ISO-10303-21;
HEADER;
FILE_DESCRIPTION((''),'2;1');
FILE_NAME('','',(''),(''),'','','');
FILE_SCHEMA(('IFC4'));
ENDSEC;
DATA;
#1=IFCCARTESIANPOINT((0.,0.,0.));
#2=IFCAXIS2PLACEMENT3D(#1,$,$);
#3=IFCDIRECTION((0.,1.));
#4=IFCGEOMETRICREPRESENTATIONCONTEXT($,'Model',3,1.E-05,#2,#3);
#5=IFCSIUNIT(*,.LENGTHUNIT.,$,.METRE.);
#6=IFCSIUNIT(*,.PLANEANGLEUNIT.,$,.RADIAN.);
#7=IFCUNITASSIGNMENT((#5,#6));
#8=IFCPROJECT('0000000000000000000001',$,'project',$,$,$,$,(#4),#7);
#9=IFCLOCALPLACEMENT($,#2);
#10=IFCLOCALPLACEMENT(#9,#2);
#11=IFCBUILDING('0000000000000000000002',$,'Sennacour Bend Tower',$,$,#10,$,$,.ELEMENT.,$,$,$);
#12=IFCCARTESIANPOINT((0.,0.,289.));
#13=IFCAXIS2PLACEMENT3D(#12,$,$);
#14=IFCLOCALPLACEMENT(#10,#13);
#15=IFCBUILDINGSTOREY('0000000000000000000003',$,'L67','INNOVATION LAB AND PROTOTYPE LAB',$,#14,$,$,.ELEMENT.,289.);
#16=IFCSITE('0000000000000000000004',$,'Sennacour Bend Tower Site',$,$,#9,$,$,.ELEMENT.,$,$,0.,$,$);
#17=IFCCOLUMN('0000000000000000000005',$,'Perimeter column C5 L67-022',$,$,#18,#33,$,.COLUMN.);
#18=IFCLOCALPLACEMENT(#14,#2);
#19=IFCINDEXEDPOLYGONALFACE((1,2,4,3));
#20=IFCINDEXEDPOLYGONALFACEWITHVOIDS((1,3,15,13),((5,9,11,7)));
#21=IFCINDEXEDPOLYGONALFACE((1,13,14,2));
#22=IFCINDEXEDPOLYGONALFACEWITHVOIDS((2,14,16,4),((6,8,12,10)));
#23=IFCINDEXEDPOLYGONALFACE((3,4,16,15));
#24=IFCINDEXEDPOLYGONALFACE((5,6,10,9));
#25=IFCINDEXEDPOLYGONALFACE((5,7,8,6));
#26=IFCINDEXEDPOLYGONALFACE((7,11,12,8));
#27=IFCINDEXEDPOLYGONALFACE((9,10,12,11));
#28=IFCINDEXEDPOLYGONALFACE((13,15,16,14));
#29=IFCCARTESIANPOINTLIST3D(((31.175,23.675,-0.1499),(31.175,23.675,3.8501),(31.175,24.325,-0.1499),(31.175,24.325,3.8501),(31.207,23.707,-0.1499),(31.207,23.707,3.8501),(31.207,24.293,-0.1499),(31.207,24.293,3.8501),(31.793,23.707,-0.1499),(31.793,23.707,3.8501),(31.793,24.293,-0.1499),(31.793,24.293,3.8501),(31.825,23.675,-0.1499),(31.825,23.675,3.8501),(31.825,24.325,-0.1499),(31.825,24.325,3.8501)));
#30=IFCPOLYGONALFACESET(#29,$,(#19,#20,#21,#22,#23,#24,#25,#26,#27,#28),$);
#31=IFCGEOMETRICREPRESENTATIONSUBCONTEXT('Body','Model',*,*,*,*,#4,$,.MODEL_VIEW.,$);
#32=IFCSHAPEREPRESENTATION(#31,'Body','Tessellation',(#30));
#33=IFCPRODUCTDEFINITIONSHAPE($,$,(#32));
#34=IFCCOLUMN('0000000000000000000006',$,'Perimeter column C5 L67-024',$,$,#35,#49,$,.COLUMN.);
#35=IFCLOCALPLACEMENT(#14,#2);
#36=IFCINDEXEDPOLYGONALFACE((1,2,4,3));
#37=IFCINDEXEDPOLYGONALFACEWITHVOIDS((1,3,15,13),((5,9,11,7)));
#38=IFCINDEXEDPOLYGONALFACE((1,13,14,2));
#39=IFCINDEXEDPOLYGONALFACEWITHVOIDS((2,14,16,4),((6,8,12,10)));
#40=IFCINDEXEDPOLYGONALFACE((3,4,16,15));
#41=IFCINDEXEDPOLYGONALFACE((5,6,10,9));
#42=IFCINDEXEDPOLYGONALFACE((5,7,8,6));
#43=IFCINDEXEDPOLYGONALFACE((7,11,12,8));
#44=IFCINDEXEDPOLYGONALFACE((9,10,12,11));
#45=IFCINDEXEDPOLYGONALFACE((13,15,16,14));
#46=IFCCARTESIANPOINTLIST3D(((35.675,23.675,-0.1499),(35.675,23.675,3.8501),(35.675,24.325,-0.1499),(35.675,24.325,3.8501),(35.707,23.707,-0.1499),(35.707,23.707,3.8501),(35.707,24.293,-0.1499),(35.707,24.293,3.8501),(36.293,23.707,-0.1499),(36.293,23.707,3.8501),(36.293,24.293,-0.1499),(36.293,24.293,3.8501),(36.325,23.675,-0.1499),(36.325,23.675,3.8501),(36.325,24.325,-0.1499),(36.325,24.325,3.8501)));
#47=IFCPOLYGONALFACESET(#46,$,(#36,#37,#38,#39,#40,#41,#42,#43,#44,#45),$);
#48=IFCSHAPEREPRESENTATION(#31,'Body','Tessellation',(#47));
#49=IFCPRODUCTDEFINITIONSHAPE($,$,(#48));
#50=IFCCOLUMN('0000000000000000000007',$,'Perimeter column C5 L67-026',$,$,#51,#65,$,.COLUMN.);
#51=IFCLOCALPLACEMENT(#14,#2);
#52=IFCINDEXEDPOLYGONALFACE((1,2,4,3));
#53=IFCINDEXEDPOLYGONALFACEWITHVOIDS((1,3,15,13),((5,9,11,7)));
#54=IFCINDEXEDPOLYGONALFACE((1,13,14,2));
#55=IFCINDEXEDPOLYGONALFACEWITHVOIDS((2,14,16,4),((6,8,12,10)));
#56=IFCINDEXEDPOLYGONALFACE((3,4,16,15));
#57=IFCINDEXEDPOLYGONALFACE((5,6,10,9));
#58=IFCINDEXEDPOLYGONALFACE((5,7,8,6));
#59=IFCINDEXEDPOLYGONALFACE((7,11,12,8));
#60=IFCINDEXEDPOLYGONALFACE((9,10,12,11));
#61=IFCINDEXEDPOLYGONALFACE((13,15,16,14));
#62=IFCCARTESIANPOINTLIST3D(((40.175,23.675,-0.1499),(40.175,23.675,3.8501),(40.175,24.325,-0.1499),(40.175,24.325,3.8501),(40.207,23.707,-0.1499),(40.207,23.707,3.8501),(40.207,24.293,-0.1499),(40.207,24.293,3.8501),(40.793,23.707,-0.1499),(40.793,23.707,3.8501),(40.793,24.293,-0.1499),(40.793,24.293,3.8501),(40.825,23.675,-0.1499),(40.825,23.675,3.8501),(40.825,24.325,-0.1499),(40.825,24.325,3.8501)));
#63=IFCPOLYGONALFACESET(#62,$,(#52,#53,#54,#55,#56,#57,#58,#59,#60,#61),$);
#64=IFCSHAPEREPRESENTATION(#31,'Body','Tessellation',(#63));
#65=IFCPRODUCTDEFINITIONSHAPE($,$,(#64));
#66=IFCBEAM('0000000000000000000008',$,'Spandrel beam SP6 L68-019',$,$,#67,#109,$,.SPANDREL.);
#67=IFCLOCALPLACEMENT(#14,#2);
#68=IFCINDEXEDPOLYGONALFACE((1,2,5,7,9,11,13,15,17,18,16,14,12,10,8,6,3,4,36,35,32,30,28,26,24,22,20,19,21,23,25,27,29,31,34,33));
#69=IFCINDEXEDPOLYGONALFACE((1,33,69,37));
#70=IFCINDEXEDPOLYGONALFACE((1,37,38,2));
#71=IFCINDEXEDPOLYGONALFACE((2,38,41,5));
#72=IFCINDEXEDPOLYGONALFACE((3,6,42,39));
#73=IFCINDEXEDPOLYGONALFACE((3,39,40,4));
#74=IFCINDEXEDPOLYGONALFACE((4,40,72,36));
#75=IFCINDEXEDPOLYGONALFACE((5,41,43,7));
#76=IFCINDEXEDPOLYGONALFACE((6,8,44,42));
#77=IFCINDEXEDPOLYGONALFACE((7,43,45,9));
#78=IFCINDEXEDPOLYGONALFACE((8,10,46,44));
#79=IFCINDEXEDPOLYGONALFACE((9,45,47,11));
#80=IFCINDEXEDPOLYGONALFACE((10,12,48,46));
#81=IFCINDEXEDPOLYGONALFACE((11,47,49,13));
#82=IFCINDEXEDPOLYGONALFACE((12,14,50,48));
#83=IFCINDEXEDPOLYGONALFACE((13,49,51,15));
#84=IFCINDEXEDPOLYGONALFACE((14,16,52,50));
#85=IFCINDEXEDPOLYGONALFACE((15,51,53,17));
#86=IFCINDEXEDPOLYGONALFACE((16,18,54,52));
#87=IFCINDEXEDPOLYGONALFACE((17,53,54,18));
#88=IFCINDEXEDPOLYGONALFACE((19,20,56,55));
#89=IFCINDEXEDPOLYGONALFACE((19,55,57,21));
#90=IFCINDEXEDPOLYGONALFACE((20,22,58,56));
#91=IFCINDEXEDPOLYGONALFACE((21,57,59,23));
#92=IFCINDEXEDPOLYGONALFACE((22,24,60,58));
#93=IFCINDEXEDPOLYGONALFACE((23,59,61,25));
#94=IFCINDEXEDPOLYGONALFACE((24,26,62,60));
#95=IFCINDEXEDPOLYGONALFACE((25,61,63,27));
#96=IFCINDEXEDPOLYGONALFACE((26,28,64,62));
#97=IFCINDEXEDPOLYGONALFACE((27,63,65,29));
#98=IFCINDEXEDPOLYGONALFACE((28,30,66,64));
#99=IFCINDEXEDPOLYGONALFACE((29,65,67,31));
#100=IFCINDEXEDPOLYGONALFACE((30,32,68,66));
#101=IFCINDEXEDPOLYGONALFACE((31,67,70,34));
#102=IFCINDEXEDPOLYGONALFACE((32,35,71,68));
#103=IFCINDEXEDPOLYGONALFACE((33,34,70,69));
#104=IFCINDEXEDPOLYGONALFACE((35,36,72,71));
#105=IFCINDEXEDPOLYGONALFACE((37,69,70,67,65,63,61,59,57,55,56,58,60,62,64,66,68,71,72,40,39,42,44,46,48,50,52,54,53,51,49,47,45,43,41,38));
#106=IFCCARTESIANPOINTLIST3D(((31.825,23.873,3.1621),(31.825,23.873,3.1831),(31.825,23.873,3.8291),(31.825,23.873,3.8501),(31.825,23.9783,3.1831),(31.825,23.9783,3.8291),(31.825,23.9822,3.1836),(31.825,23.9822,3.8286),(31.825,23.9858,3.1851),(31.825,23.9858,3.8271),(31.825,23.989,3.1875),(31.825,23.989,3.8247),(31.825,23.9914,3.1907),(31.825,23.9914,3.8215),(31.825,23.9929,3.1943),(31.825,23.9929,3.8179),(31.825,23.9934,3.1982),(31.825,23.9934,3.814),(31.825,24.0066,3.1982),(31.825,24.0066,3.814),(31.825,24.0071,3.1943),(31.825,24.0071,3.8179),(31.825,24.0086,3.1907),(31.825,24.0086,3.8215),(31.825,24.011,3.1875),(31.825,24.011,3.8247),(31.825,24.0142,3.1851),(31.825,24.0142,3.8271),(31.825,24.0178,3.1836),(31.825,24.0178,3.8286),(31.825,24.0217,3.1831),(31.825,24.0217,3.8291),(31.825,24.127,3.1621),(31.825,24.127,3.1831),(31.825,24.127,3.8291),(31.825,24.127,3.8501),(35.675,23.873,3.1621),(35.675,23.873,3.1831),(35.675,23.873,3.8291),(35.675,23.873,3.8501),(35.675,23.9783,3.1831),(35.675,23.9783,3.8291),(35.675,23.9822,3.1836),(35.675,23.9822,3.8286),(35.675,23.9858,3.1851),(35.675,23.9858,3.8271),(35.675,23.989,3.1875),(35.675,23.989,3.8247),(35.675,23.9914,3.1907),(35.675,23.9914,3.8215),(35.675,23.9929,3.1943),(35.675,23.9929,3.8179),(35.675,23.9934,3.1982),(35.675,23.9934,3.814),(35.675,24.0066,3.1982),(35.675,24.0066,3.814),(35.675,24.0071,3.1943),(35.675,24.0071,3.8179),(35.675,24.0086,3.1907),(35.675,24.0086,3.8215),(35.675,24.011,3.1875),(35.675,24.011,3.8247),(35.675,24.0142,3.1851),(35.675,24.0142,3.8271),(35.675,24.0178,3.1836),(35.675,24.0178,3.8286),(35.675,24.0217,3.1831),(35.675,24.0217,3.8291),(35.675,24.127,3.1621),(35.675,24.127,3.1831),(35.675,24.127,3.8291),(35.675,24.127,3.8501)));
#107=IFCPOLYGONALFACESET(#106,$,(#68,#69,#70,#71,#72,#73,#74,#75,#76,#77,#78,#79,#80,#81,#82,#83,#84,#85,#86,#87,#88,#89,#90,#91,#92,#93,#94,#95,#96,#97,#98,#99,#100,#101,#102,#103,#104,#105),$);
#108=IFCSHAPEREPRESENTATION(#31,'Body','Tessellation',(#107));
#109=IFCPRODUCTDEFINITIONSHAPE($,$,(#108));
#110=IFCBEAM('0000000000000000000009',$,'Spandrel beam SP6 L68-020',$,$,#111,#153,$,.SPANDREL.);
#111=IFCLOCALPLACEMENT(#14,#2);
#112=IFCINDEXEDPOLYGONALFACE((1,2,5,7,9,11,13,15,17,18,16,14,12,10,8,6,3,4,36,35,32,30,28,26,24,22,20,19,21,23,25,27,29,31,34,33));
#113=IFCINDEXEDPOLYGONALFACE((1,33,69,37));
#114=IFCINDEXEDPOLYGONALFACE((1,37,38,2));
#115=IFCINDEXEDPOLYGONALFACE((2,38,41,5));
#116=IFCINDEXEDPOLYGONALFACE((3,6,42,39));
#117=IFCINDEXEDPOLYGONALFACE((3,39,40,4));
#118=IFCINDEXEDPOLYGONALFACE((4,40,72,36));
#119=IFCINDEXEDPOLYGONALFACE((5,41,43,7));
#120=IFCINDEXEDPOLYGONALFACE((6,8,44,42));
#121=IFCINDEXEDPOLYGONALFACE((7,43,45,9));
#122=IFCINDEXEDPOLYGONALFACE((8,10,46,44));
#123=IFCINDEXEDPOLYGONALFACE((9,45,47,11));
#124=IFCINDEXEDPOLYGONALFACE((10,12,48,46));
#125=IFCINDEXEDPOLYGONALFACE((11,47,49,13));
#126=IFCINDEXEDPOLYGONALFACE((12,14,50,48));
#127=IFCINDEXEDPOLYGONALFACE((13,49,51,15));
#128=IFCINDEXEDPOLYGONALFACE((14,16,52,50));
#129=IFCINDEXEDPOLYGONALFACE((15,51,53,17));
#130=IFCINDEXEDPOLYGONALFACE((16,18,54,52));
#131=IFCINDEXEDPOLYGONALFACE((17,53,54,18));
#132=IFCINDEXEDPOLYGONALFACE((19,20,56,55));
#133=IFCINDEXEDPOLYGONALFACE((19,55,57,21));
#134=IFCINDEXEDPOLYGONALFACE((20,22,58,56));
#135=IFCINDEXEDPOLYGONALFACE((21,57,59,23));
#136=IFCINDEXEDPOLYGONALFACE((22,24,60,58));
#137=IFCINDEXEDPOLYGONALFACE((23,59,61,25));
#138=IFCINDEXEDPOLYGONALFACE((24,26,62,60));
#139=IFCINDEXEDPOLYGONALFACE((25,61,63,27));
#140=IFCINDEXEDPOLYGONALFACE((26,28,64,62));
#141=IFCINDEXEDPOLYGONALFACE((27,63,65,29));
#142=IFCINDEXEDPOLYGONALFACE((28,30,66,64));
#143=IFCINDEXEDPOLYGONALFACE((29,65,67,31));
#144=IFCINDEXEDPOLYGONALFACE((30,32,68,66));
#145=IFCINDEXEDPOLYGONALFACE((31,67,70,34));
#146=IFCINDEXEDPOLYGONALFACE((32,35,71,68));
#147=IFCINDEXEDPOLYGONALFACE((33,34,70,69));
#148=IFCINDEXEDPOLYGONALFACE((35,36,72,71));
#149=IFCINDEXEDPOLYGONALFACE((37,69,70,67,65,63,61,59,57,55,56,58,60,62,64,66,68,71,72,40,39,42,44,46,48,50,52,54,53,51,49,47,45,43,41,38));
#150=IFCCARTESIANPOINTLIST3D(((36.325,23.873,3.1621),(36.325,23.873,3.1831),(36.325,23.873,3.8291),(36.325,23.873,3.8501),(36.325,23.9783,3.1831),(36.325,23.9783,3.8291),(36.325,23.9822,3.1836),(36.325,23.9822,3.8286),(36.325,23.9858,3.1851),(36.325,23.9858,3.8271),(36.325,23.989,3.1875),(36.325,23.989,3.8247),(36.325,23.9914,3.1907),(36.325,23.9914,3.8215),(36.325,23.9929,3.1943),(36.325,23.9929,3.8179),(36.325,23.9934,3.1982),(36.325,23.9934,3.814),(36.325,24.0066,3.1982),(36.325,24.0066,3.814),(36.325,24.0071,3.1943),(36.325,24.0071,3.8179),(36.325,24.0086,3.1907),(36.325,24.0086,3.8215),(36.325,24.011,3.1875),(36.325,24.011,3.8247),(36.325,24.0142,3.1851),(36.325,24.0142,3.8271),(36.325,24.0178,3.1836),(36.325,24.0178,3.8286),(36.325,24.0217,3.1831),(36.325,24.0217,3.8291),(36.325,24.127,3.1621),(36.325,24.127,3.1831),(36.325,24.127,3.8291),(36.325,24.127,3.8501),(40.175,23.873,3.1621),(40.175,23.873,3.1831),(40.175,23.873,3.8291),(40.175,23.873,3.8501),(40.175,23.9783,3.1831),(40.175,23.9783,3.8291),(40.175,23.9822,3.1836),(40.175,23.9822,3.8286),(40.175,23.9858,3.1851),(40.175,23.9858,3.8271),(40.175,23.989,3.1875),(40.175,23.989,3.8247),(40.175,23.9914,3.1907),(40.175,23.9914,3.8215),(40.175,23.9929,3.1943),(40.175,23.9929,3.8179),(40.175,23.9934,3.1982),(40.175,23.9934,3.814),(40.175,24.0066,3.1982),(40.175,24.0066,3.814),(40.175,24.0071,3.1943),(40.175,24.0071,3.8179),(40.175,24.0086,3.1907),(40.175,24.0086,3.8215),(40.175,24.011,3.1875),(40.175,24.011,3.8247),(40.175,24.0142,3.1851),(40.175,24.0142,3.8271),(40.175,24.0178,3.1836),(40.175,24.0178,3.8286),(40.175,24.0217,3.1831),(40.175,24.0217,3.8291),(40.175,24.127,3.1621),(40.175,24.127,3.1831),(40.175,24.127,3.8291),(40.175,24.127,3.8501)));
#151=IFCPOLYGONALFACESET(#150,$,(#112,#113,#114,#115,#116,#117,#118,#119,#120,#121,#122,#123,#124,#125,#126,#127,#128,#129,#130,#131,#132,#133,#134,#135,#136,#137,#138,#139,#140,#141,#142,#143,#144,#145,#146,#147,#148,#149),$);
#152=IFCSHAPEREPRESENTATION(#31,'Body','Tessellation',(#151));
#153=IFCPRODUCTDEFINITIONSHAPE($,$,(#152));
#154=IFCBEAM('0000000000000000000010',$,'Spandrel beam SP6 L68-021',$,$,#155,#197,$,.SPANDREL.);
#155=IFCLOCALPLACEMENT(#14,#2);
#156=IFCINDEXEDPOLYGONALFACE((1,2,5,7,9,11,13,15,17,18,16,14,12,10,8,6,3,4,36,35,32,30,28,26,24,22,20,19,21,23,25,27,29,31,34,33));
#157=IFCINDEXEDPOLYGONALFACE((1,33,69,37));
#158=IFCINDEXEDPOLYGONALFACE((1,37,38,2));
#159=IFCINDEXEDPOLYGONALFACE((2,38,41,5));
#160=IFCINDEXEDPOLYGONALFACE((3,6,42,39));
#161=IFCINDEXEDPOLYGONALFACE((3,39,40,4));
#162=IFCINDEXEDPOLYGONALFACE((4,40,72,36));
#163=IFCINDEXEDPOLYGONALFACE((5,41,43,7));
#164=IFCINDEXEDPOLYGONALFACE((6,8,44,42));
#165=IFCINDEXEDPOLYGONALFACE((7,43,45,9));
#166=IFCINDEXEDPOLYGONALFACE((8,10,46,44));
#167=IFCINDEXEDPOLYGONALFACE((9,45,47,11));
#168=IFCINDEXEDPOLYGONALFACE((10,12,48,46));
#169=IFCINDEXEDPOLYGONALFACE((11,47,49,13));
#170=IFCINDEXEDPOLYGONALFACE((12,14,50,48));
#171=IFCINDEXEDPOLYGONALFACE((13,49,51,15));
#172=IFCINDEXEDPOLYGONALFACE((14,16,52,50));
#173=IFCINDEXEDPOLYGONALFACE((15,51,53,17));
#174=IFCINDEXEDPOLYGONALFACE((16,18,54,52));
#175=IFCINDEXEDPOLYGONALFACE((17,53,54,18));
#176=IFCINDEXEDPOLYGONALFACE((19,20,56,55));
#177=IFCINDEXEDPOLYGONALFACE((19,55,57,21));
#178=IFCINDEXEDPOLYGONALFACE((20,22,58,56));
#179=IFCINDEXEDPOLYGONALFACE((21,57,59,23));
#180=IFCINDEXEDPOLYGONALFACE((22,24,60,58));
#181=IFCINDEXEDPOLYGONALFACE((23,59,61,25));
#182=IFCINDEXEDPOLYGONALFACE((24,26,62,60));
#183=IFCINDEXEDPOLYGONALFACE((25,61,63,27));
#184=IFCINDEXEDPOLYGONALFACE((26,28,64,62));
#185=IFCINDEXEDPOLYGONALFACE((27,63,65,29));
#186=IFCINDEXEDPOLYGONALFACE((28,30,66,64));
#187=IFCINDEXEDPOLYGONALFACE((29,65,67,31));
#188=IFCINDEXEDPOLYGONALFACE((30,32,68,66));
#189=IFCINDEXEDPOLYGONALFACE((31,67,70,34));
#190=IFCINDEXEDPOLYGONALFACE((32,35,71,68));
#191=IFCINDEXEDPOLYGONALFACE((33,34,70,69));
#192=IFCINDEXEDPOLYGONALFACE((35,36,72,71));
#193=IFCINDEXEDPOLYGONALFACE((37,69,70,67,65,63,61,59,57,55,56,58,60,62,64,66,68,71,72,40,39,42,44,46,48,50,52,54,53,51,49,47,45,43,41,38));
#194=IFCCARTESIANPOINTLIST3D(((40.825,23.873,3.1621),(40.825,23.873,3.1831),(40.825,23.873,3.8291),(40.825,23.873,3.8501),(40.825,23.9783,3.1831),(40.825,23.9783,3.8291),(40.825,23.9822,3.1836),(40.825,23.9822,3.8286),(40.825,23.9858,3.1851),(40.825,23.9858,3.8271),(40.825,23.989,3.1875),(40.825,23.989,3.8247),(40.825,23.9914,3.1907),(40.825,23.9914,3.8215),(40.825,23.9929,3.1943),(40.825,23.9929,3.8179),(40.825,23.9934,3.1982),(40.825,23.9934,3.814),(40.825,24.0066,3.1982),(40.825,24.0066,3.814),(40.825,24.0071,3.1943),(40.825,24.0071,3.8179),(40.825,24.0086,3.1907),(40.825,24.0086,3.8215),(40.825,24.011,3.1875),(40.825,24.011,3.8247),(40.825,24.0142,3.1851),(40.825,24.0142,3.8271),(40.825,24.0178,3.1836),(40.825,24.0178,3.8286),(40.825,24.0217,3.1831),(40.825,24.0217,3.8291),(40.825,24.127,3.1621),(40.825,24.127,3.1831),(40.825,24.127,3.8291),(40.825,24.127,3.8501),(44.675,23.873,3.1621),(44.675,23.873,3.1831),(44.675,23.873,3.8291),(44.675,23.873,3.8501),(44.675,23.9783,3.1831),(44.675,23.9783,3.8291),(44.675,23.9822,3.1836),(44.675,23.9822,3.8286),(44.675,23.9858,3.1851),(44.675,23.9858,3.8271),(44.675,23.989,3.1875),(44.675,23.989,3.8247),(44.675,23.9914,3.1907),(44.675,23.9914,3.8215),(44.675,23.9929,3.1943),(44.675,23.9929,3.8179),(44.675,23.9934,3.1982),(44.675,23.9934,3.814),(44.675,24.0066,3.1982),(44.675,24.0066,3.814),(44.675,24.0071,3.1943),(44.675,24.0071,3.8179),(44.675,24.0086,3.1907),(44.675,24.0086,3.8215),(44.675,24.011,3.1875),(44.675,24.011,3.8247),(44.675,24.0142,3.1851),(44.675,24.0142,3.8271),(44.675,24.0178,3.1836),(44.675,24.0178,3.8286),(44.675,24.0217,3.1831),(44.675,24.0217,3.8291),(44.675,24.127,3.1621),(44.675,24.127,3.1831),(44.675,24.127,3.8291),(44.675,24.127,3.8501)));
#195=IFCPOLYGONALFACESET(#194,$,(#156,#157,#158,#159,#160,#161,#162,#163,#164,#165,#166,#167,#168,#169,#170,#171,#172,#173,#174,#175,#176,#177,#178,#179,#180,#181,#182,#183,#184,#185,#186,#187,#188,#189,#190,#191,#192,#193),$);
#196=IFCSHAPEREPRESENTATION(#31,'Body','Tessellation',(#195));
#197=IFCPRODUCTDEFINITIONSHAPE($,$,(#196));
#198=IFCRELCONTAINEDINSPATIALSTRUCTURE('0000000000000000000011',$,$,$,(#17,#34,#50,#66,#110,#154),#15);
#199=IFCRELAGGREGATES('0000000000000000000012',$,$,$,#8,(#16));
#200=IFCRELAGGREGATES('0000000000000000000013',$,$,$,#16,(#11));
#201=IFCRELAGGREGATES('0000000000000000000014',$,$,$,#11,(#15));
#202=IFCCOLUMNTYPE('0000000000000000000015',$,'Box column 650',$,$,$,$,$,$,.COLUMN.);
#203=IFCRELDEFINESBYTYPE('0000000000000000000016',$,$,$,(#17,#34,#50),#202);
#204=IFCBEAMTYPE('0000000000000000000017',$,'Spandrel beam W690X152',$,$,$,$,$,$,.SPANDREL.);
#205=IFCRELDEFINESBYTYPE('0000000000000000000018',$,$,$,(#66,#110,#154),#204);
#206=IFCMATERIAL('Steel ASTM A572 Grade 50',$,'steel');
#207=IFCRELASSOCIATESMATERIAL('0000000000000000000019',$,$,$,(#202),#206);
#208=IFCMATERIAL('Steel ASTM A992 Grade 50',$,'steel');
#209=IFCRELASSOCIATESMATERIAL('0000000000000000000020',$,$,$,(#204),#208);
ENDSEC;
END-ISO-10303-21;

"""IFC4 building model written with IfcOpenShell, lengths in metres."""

from ifc_helpers import new_model, si_unit, direction, frame, origin, origin_2d, place, context, subcontext, project, spatial, hollow_rectangle, i_section, extrude, material, material_profile, profile_set, type_object, element, save


model = new_model("IFC4")

# Units and contexts
model_context = context("Model", 3, precision=1e-05, world=origin(), true_north=direction((0.0, 1.0)))
body_context = subcontext(model_context, "Body", "Model", "MODEL_VIEW")
ifc_project = project(units=[si_unit("LENGTHUNIT", "METRE"), si_unit("PLANEANGLEUNIT", "RADIAN")], contexts=[model_context])

# Site, building, storey
site_placement = place(None, origin())
site = spatial("IfcSite", under=ifc_project, at=site_placement, Name="Sennacour Bend Tower Site", CompositionType="ELEMENT", RefElevation=0.0)
building_placement = place(site_placement, origin())
building = spatial("IfcBuilding", under=site, at=building_placement, Name="Sennacour Bend Tower", CompositionType="ELEMENT")
storey_placement = place(building_placement, frame((0.0, 0.0, 289.0)))
storey = spatial("IfcBuildingStorey", under=building, at=storey_placement, Name="L67", Description="INNOVATION LAB AND PROTOTYPE LAB", CompositionType="ELEMENT", Elevation=289.0)

# Columns
ifc_material_1 = material(Name="Steel ASTM A572 Grade 50", Category="steel")
ifc_material_profile_1 = material_profile(ifc_material_1, hollow_rectangle(XDim=0.6499, YDim=0.6499, WallThickness=0.032, at=origin_2d()), Name="Steel ASTM A572 Grade 50", Category="steel")
ifc_profile_set_1 = profile_set([ifc_material_profile_1], Name="Steel ASTM A572 Grade 50")
column_type = type_object("IfcColumnType", Name="Box column 650", PredefinedType="COLUMN", material=ifc_profile_set_1)
for number, where, z_axis, x_axis, name in (
    (1, (31.5, 24.0, -0.1499), (0.0, 0.0, 1.0), (1.0, 0.0, 0.0), "Perimeter column C5 L67-022"),
    (2, (36.0, 24.0, -0.1499), (0.0, 0.0, 1.0), (1.0, 0.0, 0.0), "Perimeter column C5 L67-024"),
    (3, (40.5, 24.0, -0.1499), (0.0, 0.0, 1.0), (1.0, 0.0, 0.0), "Perimeter column C5 L67-026"),
):
    element("IfcColumn", number, at=place(storey_placement, frame(where, z_axis=z_axis, x_axis=x_axis)), inside=storey, type_object=column_type, Name=name, PredefinedType="COLUMN", context=body_context, shape_type="SweptSolid", body=[
        extrude(hollow_rectangle(XDim=0.6499, YDim=0.6499, WallThickness=0.032, at=origin_2d()), origin(), (0.0, 0.0, 1.0), 4.0),
    ])

# Beams
ifc_material_2 = material(Name="Steel ASTM A992 Grade 50", Category="steel")
ifc_material_profile_2 = material_profile(ifc_material_2, i_section(OverallWidth=0.2539, OverallDepth=0.688, WebThickness=0.0132, FlangeThickness=0.021, FilletRadius=0.0151, at=origin_2d()), Name="Steel ASTM A992 Grade 50", Category="steel")
ifc_profile_set_2 = profile_set([ifc_material_profile_2], Name="Steel ASTM A992 Grade 50")
beam_type = type_object("IfcBeamType", Name="Spandrel beam W690X152", PredefinedType="SPANDREL", material=ifc_profile_set_2)
for number, where, z_axis, x_axis, name in (
    (4, (31.825, 24.0, 3.5061), (1.0, 0.0, 0.0), (0.0, 1.0, 0.0), "Spandrel beam SP6 L68-019"),
    (5, (36.325, 24.0, 3.5061), (1.0, 0.0, 0.0), (0.0, 1.0, 0.0), "Spandrel beam SP6 L68-020"),
    (6, (40.825, 24.0, 3.5061), (1.0, 0.0, 0.0), (0.0, 1.0, 0.0), "Spandrel beam SP6 L68-021"),
):
    element("IfcBeam", number, at=place(storey_placement, frame(where, z_axis=z_axis, x_axis=x_axis)), inside=storey, type_object=beam_type, Name=name, PredefinedType="SPANDREL", context=body_context, shape_type="SweptSolid", body=[
        extrude(i_section(OverallWidth=0.2539, OverallDepth=0.688, WebThickness=0.0132, FlangeThickness=0.021, FilletRadius=0.0151, at=origin_2d()), origin(), (0.0, 0.0, 1.0), 3.8501),
    ])

save(model, "model.ifc")
